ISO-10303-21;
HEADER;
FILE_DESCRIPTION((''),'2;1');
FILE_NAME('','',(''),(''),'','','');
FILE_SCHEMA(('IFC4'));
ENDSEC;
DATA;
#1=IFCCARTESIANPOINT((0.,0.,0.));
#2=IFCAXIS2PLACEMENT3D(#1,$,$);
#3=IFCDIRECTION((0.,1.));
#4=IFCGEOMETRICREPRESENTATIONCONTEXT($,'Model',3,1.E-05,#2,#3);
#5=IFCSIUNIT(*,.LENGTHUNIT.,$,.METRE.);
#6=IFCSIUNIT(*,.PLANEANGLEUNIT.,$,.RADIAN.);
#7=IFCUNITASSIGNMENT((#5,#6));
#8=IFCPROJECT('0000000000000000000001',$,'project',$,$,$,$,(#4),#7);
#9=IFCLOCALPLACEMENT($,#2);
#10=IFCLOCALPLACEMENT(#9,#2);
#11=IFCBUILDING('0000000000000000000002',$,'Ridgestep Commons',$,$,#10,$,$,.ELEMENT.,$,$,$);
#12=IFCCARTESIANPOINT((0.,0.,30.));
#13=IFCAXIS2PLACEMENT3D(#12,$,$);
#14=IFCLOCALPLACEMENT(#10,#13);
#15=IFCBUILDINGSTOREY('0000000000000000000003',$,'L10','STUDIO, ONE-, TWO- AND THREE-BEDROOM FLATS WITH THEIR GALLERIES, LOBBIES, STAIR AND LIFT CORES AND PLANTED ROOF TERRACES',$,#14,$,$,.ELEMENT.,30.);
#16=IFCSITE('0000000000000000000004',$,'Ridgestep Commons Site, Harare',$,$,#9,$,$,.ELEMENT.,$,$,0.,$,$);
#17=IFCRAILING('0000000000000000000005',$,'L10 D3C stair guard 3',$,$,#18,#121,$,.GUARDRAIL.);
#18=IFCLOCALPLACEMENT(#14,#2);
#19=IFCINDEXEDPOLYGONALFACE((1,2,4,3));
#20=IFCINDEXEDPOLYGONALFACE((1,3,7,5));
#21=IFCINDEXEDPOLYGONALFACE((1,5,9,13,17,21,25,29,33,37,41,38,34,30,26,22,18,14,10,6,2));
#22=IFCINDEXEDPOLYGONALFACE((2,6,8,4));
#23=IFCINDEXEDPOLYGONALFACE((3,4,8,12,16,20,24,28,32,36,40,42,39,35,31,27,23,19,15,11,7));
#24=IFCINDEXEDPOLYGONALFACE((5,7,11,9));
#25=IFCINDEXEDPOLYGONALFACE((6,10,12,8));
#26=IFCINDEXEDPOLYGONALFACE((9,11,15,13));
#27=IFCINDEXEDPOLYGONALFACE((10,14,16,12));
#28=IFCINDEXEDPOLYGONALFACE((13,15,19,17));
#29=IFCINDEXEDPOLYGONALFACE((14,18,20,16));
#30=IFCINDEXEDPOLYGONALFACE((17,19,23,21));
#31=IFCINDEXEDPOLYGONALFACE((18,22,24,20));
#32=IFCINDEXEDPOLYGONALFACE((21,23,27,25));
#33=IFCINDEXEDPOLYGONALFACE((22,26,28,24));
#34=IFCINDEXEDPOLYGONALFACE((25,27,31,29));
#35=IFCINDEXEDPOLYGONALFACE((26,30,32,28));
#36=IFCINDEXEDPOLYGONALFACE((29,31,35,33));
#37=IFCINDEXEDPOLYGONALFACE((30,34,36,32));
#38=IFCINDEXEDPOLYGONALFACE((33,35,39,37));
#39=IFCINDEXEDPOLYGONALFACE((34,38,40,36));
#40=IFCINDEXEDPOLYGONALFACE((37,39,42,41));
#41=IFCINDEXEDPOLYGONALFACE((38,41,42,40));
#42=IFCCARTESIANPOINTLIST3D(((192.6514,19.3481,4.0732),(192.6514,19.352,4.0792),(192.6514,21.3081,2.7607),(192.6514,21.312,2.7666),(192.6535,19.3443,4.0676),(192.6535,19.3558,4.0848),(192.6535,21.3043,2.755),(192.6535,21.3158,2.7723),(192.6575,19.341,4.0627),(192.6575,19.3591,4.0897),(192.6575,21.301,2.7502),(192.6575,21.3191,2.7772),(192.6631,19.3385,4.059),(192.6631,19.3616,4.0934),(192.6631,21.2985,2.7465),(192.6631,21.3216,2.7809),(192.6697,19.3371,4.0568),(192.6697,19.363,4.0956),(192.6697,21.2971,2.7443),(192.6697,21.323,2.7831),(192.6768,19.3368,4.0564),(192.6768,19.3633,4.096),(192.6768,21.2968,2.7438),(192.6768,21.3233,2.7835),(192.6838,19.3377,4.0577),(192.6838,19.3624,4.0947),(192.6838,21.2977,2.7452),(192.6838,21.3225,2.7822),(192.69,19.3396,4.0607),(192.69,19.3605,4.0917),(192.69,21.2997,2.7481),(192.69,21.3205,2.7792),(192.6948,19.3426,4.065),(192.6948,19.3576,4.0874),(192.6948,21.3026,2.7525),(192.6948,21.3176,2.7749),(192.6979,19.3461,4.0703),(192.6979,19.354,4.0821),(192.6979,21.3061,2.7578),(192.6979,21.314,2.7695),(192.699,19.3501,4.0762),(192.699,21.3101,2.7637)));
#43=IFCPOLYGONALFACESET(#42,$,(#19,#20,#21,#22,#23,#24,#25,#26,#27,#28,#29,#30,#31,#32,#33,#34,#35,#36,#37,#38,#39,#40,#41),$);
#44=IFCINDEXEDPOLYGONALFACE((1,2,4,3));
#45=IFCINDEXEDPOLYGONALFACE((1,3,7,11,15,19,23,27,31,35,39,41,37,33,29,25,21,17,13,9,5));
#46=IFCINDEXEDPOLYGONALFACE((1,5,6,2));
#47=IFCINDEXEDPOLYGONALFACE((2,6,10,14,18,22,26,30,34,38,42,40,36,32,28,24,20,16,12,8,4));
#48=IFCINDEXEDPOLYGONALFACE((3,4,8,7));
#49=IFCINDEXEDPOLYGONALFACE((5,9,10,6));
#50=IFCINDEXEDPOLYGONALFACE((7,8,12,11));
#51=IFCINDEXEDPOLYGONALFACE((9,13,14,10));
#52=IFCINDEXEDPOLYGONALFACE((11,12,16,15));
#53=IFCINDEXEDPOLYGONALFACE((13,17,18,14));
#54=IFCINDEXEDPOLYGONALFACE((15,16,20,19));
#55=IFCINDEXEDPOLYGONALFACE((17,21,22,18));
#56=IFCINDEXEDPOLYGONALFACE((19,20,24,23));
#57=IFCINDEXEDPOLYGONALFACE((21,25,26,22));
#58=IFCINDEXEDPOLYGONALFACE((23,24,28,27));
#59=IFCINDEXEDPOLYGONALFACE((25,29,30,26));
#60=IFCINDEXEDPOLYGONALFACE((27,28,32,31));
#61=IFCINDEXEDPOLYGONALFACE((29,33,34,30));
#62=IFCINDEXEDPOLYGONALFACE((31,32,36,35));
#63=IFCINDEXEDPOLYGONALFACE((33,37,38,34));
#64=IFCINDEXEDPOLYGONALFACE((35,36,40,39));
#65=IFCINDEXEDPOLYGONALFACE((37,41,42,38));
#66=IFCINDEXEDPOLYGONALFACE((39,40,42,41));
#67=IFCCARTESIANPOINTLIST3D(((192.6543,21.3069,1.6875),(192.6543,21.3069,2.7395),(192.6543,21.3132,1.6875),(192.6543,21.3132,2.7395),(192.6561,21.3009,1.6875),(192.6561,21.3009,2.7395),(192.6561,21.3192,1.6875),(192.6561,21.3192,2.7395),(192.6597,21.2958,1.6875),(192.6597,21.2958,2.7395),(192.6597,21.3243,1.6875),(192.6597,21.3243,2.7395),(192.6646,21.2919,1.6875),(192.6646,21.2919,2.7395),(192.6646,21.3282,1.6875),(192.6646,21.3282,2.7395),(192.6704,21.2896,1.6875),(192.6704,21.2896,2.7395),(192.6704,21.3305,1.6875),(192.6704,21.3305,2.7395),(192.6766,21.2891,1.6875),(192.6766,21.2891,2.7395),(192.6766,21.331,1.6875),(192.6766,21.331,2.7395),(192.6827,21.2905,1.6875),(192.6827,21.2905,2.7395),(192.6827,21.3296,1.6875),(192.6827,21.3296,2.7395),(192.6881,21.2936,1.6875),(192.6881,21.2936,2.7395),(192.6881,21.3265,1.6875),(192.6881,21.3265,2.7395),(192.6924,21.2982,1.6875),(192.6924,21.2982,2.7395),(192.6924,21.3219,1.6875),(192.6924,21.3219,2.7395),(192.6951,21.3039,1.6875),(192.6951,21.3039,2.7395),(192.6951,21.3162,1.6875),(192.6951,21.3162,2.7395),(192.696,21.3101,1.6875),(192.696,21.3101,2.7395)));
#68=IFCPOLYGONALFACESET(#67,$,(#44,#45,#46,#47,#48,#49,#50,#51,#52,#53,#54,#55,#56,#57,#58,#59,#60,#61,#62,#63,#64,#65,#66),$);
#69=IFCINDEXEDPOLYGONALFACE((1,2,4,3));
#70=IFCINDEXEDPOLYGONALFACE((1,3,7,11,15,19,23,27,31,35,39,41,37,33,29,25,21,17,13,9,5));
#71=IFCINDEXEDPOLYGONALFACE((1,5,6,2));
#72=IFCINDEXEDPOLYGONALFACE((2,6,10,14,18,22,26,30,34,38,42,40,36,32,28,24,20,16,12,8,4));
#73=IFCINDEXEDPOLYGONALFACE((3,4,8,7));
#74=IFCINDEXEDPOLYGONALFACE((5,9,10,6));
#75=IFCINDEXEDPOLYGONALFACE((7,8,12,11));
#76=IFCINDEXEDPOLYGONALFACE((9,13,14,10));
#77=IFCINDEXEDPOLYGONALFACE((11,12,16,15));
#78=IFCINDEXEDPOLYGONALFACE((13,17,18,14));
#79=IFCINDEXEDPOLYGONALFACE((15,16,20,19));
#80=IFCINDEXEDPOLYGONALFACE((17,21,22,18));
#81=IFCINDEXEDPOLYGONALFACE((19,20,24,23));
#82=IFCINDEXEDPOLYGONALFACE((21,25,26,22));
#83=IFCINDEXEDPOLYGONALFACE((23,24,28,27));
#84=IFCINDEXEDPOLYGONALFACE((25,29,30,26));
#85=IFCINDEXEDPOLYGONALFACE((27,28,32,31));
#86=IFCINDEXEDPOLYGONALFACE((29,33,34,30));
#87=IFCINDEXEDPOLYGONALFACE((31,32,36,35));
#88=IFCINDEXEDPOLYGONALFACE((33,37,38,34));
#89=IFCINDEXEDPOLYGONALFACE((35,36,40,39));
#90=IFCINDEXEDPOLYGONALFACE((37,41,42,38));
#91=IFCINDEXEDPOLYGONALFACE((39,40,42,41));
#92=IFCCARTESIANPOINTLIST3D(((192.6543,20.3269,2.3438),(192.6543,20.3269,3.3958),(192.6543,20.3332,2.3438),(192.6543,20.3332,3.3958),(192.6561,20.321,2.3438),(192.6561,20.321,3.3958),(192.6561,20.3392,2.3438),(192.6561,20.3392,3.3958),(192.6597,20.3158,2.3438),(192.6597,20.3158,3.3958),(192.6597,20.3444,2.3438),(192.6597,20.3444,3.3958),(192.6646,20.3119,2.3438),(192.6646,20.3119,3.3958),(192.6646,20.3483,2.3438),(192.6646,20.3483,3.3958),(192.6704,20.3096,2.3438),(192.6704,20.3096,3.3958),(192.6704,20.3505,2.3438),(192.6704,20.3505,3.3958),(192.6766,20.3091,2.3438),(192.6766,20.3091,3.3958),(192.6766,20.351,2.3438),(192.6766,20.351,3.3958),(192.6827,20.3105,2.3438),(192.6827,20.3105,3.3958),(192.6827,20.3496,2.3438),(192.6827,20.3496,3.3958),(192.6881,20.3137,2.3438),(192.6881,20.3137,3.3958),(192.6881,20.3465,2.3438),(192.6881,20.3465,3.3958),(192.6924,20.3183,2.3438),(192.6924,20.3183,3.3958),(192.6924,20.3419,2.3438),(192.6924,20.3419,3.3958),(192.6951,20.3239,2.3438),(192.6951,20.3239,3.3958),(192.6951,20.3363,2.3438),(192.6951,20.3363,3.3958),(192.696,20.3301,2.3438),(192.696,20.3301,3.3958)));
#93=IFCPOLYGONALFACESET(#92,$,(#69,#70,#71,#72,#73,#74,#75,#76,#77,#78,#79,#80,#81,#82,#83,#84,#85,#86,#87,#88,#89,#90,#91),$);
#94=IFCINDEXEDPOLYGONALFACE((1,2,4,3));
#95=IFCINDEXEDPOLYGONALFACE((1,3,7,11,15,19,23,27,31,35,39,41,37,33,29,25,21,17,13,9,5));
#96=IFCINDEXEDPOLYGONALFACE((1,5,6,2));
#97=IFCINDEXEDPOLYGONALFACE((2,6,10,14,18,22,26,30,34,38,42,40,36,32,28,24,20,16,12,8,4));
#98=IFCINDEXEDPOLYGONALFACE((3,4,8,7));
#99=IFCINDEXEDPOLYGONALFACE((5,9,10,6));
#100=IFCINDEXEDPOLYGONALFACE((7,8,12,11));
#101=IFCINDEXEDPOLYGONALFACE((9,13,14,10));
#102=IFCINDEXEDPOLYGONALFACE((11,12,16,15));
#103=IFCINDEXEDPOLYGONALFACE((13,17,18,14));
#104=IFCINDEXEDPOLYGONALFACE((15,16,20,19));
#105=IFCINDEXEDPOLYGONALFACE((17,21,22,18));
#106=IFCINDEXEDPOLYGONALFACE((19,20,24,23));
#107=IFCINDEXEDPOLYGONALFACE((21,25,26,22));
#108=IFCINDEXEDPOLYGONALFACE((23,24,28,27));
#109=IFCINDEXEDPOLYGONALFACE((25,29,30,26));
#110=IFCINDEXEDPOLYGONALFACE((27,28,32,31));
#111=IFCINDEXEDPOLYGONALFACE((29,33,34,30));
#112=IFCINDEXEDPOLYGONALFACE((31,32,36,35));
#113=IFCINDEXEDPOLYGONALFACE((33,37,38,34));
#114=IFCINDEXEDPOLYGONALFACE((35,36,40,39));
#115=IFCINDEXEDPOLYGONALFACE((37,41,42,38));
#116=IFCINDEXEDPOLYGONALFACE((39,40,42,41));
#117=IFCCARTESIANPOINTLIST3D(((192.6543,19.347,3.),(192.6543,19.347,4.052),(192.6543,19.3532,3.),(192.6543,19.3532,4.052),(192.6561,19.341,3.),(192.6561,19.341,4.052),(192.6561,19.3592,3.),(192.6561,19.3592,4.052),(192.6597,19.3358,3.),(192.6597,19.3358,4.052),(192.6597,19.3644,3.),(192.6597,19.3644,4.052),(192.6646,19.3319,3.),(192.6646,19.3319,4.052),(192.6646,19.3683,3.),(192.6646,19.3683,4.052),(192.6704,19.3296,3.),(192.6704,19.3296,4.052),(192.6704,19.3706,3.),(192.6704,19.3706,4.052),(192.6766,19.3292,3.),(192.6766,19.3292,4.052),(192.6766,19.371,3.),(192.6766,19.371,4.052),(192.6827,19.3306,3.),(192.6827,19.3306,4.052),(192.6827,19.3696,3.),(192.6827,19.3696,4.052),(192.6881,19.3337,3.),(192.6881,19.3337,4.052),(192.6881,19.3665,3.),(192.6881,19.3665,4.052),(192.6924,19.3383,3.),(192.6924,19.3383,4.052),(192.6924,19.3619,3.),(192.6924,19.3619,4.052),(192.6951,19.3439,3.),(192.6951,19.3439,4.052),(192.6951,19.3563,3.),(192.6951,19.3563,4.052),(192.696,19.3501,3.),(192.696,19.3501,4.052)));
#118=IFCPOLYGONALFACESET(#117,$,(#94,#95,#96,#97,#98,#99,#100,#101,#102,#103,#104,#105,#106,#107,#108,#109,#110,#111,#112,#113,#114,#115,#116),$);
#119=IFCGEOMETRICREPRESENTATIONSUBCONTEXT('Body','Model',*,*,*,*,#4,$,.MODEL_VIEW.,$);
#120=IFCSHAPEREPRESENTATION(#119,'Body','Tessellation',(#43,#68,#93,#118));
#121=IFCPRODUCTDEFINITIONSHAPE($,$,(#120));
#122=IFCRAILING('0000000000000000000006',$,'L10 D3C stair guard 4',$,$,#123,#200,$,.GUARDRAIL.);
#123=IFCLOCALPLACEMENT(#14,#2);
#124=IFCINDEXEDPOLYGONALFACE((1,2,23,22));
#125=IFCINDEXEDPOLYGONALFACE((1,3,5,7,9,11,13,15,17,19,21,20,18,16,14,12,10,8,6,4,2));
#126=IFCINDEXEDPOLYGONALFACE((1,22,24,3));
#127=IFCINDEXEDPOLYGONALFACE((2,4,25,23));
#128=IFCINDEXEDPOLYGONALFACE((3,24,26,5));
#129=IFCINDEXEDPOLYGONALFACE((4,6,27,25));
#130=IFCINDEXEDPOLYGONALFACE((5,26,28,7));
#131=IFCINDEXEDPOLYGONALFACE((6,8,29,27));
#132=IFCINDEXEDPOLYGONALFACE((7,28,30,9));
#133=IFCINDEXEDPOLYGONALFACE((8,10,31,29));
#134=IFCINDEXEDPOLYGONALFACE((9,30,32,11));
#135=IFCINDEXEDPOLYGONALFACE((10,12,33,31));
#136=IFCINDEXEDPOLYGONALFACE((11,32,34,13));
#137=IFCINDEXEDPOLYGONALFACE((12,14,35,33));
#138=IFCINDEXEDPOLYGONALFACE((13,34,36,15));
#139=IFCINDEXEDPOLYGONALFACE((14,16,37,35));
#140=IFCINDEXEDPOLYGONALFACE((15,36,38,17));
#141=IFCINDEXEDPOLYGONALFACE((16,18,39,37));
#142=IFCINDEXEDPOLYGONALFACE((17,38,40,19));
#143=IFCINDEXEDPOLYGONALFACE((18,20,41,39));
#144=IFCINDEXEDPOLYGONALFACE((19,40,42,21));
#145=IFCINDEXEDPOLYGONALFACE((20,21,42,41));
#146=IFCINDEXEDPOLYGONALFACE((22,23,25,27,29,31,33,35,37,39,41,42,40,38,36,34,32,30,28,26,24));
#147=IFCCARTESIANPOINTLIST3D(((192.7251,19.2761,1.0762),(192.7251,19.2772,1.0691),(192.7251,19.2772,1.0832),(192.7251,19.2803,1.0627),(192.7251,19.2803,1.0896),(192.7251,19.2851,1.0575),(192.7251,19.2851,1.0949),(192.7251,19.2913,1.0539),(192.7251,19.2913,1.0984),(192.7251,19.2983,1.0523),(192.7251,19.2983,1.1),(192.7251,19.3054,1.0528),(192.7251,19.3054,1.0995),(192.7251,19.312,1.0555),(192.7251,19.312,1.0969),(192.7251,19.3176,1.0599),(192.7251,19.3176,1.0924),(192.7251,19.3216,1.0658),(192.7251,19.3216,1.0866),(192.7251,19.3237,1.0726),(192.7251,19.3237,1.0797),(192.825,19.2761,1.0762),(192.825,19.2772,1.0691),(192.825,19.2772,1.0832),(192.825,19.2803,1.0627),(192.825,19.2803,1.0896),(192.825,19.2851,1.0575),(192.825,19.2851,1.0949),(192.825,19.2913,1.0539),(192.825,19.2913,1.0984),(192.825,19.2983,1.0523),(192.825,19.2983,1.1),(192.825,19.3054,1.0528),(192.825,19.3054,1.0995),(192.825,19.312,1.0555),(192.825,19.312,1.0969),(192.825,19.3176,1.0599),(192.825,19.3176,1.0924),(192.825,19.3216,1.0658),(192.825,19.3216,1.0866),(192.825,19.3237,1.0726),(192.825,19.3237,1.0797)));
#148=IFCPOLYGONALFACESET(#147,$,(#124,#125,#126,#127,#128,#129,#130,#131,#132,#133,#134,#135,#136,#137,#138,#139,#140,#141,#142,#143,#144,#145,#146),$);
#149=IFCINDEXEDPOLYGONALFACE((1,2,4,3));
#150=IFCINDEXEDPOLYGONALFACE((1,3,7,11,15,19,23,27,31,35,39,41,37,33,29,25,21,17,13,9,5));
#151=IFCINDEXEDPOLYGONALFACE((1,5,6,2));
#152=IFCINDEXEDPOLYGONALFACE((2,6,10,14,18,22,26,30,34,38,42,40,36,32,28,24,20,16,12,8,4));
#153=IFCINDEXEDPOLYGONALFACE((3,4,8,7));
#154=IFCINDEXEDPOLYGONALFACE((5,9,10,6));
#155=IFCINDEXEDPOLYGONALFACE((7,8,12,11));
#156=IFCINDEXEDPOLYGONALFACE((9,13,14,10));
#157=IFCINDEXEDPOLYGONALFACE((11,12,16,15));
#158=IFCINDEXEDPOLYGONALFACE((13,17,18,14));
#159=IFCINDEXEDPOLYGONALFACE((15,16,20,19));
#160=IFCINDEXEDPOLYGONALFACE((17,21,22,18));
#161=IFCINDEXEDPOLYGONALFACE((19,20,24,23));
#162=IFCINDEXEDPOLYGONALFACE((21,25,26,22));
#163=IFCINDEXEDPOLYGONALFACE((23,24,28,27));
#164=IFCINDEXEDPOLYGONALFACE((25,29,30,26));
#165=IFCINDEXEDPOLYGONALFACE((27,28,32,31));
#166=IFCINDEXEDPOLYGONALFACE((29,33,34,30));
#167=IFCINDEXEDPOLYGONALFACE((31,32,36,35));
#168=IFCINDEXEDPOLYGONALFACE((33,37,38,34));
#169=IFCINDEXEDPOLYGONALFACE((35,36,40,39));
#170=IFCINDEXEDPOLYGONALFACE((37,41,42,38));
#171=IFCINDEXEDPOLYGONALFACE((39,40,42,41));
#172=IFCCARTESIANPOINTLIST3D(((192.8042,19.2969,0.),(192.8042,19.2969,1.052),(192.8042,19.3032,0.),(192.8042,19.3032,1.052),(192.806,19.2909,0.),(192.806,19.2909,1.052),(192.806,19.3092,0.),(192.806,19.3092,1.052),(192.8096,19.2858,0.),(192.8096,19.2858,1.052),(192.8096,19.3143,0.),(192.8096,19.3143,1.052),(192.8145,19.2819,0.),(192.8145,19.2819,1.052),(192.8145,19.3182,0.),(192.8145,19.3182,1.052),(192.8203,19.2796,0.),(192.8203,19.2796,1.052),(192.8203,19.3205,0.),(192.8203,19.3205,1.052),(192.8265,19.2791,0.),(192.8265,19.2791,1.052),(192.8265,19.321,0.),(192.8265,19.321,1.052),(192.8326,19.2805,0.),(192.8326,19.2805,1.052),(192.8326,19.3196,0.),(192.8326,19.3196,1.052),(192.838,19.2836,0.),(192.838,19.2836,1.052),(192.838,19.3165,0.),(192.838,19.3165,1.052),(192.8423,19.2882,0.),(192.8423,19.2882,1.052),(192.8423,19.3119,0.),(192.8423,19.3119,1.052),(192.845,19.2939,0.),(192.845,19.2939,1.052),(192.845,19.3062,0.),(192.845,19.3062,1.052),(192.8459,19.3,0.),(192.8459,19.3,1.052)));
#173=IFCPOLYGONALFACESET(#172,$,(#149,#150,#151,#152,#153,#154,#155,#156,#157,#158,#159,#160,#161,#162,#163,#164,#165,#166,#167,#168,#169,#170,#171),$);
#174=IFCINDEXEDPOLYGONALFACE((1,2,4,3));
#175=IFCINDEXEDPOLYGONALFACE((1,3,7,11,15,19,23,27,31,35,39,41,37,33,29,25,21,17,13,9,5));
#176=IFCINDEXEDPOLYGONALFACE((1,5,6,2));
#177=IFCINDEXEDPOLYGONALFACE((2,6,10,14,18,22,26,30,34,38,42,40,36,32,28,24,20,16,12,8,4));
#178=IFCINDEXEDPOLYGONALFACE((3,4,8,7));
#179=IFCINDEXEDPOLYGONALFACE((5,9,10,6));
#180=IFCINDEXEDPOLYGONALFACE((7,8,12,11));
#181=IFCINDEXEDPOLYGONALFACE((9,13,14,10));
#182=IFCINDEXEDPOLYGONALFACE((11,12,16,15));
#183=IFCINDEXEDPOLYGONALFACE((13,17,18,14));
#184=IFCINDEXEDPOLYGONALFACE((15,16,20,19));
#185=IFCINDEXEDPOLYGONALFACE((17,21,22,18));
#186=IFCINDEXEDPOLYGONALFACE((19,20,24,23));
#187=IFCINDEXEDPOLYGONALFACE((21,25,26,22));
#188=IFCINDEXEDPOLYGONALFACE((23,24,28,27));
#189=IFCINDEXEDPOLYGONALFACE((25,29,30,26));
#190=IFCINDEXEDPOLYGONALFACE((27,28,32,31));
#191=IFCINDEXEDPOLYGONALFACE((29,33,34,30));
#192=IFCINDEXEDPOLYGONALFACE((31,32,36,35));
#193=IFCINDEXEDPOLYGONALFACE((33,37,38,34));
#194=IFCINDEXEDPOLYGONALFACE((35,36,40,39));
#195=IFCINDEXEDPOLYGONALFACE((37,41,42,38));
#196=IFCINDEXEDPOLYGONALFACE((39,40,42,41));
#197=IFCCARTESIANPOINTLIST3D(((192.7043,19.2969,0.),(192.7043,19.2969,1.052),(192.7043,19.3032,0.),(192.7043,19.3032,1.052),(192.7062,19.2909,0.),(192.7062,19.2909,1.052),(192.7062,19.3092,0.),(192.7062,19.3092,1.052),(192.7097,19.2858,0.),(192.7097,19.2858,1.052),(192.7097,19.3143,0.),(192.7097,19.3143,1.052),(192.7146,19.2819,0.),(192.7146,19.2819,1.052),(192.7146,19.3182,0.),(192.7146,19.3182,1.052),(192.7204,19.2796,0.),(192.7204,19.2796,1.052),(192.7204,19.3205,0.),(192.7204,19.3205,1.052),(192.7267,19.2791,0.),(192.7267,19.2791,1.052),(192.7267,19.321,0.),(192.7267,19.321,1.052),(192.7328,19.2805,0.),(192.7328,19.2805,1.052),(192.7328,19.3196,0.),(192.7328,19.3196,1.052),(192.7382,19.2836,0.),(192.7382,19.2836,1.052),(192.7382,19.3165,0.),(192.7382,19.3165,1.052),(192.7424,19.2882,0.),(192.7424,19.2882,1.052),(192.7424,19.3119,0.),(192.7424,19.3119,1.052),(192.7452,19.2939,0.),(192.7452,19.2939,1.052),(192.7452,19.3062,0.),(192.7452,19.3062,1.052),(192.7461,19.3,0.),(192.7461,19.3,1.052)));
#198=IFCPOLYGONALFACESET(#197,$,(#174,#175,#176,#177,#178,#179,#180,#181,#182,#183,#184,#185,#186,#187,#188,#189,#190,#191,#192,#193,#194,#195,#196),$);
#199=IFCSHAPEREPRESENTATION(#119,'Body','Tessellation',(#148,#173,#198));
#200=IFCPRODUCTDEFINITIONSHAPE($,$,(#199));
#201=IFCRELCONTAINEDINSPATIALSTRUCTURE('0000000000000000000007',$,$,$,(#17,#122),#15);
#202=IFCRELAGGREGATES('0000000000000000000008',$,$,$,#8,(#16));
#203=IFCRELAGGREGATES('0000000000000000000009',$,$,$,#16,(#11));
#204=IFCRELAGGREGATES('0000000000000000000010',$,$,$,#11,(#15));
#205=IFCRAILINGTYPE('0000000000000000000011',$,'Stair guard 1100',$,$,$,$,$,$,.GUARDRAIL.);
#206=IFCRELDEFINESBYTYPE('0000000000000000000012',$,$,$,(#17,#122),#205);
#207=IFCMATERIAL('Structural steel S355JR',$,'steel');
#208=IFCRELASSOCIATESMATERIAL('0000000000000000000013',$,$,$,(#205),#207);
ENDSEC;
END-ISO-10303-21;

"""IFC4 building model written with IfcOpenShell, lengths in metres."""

from ifc_helpers import new_model, si_unit, direction, frame, origin, origin_2d, place, context, subcontext, project, spatial, circle, extrude, material, type_object, element, save


model = new_model("IFC4")

# Units and contexts
model_context = context("Model", 3, precision=1e-05, world=origin(), true_north=direction((0.0, 1.0)))
body_context = subcontext(model_context, "Body", "Model", "MODEL_VIEW")
ifc_project = project(units=[si_unit("LENGTHUNIT", "METRE"), si_unit("PLANEANGLEUNIT", "RADIAN")], contexts=[model_context])

# Site, building, storey
site_placement = place(None, origin())
site = spatial("IfcSite", under=ifc_project, at=site_placement, Name="Ridgestep Commons Site, Harare", CompositionType="ELEMENT", RefElevation=0.0)
building_placement = place(site_placement, origin())
building = spatial("IfcBuilding", under=site, at=building_placement, Name="Ridgestep Commons", CompositionType="ELEMENT")
storey_placement = place(building_placement, frame((0.0, 0.0, 30.0)))
storey = spatial("IfcBuildingStorey", under=building, at=storey_placement, Name="L10", Description="STUDIO, ONE-, TWO- AND THREE-BEDROOM FLATS WITH THEIR GALLERIES, LOBBIES, STAIR AND LIFT CORES AND PLANTED ROOF TERRACES", CompositionType="ELEMENT", Elevation=30.0)

# Railings
ifc_material_1 = material(Name="Structural steel S355JR", Category="steel")
railing_type_1 = type_object("IfcRailingType", Name="Stair guard 1100", PredefinedType="GUARDRAIL", material=ifc_material_1)
railing_1_placement = place(storey_placement, frame((192.675, 21.3101, 1.6875)))
element("IfcRailing", 1, at=railing_1_placement, inside=storey, type_object=railing_type_1, Name="L10 D3C stair guard 3", PredefinedType="GUARDRAIL", context=body_context, shape_type="SweptSolid", body=[
    extrude(circle(Radius=0.0239, at=origin_2d()), frame((0.0, 0.0, 1.0762), z_axis=(0.0, -0.830902, 0.556419), x_axis=(1.0, 0.0, 0.0)), (0.0, 0.0, 1.0), 2.3589),
    extrude(circle(Radius=0.021, at=origin_2d()), origin(), (0.0, 0.0, 1.0), 1.052),
    extrude(circle(Radius=0.021, at=origin_2d()), frame((0.0, -0.98, 0.6562)), (0.0, 0.0, 1.0), 1.052),
    extrude(circle(Radius=0.021, at=origin_2d()), frame((0.0, -1.96, 1.3125)), (0.0, 0.0, 1.0), 1.052),
])
railing_2_placement = place(storey_placement, frame((192.825, 19.3, 0.0)))
element("IfcRailing", 2, at=railing_2_placement, inside=storey, type_object=railing_type_1, Name="L10 D3C stair guard 4", PredefinedType="GUARDRAIL", context=body_context, shape_type="SweptSolid", body=[
    extrude(circle(Radius=0.0239, at=origin_2d()), frame((0.0, 0.0, 1.0762), z_axis=(-1.0, 0.0, 0.0), x_axis=(0.0, -1.0, 0.0)), (0.0, 0.0, 1.0), 0.0999),
    extrude(circle(Radius=0.021, at=origin_2d()), origin(), (0.0, 0.0, 1.0), 1.052),
    extrude(circle(Radius=0.021, at=origin_2d()), frame((-0.0999, 0.0, 0.0)), (0.0, 0.0, 1.0), 1.052),
])

save(model, "model.ifc")
